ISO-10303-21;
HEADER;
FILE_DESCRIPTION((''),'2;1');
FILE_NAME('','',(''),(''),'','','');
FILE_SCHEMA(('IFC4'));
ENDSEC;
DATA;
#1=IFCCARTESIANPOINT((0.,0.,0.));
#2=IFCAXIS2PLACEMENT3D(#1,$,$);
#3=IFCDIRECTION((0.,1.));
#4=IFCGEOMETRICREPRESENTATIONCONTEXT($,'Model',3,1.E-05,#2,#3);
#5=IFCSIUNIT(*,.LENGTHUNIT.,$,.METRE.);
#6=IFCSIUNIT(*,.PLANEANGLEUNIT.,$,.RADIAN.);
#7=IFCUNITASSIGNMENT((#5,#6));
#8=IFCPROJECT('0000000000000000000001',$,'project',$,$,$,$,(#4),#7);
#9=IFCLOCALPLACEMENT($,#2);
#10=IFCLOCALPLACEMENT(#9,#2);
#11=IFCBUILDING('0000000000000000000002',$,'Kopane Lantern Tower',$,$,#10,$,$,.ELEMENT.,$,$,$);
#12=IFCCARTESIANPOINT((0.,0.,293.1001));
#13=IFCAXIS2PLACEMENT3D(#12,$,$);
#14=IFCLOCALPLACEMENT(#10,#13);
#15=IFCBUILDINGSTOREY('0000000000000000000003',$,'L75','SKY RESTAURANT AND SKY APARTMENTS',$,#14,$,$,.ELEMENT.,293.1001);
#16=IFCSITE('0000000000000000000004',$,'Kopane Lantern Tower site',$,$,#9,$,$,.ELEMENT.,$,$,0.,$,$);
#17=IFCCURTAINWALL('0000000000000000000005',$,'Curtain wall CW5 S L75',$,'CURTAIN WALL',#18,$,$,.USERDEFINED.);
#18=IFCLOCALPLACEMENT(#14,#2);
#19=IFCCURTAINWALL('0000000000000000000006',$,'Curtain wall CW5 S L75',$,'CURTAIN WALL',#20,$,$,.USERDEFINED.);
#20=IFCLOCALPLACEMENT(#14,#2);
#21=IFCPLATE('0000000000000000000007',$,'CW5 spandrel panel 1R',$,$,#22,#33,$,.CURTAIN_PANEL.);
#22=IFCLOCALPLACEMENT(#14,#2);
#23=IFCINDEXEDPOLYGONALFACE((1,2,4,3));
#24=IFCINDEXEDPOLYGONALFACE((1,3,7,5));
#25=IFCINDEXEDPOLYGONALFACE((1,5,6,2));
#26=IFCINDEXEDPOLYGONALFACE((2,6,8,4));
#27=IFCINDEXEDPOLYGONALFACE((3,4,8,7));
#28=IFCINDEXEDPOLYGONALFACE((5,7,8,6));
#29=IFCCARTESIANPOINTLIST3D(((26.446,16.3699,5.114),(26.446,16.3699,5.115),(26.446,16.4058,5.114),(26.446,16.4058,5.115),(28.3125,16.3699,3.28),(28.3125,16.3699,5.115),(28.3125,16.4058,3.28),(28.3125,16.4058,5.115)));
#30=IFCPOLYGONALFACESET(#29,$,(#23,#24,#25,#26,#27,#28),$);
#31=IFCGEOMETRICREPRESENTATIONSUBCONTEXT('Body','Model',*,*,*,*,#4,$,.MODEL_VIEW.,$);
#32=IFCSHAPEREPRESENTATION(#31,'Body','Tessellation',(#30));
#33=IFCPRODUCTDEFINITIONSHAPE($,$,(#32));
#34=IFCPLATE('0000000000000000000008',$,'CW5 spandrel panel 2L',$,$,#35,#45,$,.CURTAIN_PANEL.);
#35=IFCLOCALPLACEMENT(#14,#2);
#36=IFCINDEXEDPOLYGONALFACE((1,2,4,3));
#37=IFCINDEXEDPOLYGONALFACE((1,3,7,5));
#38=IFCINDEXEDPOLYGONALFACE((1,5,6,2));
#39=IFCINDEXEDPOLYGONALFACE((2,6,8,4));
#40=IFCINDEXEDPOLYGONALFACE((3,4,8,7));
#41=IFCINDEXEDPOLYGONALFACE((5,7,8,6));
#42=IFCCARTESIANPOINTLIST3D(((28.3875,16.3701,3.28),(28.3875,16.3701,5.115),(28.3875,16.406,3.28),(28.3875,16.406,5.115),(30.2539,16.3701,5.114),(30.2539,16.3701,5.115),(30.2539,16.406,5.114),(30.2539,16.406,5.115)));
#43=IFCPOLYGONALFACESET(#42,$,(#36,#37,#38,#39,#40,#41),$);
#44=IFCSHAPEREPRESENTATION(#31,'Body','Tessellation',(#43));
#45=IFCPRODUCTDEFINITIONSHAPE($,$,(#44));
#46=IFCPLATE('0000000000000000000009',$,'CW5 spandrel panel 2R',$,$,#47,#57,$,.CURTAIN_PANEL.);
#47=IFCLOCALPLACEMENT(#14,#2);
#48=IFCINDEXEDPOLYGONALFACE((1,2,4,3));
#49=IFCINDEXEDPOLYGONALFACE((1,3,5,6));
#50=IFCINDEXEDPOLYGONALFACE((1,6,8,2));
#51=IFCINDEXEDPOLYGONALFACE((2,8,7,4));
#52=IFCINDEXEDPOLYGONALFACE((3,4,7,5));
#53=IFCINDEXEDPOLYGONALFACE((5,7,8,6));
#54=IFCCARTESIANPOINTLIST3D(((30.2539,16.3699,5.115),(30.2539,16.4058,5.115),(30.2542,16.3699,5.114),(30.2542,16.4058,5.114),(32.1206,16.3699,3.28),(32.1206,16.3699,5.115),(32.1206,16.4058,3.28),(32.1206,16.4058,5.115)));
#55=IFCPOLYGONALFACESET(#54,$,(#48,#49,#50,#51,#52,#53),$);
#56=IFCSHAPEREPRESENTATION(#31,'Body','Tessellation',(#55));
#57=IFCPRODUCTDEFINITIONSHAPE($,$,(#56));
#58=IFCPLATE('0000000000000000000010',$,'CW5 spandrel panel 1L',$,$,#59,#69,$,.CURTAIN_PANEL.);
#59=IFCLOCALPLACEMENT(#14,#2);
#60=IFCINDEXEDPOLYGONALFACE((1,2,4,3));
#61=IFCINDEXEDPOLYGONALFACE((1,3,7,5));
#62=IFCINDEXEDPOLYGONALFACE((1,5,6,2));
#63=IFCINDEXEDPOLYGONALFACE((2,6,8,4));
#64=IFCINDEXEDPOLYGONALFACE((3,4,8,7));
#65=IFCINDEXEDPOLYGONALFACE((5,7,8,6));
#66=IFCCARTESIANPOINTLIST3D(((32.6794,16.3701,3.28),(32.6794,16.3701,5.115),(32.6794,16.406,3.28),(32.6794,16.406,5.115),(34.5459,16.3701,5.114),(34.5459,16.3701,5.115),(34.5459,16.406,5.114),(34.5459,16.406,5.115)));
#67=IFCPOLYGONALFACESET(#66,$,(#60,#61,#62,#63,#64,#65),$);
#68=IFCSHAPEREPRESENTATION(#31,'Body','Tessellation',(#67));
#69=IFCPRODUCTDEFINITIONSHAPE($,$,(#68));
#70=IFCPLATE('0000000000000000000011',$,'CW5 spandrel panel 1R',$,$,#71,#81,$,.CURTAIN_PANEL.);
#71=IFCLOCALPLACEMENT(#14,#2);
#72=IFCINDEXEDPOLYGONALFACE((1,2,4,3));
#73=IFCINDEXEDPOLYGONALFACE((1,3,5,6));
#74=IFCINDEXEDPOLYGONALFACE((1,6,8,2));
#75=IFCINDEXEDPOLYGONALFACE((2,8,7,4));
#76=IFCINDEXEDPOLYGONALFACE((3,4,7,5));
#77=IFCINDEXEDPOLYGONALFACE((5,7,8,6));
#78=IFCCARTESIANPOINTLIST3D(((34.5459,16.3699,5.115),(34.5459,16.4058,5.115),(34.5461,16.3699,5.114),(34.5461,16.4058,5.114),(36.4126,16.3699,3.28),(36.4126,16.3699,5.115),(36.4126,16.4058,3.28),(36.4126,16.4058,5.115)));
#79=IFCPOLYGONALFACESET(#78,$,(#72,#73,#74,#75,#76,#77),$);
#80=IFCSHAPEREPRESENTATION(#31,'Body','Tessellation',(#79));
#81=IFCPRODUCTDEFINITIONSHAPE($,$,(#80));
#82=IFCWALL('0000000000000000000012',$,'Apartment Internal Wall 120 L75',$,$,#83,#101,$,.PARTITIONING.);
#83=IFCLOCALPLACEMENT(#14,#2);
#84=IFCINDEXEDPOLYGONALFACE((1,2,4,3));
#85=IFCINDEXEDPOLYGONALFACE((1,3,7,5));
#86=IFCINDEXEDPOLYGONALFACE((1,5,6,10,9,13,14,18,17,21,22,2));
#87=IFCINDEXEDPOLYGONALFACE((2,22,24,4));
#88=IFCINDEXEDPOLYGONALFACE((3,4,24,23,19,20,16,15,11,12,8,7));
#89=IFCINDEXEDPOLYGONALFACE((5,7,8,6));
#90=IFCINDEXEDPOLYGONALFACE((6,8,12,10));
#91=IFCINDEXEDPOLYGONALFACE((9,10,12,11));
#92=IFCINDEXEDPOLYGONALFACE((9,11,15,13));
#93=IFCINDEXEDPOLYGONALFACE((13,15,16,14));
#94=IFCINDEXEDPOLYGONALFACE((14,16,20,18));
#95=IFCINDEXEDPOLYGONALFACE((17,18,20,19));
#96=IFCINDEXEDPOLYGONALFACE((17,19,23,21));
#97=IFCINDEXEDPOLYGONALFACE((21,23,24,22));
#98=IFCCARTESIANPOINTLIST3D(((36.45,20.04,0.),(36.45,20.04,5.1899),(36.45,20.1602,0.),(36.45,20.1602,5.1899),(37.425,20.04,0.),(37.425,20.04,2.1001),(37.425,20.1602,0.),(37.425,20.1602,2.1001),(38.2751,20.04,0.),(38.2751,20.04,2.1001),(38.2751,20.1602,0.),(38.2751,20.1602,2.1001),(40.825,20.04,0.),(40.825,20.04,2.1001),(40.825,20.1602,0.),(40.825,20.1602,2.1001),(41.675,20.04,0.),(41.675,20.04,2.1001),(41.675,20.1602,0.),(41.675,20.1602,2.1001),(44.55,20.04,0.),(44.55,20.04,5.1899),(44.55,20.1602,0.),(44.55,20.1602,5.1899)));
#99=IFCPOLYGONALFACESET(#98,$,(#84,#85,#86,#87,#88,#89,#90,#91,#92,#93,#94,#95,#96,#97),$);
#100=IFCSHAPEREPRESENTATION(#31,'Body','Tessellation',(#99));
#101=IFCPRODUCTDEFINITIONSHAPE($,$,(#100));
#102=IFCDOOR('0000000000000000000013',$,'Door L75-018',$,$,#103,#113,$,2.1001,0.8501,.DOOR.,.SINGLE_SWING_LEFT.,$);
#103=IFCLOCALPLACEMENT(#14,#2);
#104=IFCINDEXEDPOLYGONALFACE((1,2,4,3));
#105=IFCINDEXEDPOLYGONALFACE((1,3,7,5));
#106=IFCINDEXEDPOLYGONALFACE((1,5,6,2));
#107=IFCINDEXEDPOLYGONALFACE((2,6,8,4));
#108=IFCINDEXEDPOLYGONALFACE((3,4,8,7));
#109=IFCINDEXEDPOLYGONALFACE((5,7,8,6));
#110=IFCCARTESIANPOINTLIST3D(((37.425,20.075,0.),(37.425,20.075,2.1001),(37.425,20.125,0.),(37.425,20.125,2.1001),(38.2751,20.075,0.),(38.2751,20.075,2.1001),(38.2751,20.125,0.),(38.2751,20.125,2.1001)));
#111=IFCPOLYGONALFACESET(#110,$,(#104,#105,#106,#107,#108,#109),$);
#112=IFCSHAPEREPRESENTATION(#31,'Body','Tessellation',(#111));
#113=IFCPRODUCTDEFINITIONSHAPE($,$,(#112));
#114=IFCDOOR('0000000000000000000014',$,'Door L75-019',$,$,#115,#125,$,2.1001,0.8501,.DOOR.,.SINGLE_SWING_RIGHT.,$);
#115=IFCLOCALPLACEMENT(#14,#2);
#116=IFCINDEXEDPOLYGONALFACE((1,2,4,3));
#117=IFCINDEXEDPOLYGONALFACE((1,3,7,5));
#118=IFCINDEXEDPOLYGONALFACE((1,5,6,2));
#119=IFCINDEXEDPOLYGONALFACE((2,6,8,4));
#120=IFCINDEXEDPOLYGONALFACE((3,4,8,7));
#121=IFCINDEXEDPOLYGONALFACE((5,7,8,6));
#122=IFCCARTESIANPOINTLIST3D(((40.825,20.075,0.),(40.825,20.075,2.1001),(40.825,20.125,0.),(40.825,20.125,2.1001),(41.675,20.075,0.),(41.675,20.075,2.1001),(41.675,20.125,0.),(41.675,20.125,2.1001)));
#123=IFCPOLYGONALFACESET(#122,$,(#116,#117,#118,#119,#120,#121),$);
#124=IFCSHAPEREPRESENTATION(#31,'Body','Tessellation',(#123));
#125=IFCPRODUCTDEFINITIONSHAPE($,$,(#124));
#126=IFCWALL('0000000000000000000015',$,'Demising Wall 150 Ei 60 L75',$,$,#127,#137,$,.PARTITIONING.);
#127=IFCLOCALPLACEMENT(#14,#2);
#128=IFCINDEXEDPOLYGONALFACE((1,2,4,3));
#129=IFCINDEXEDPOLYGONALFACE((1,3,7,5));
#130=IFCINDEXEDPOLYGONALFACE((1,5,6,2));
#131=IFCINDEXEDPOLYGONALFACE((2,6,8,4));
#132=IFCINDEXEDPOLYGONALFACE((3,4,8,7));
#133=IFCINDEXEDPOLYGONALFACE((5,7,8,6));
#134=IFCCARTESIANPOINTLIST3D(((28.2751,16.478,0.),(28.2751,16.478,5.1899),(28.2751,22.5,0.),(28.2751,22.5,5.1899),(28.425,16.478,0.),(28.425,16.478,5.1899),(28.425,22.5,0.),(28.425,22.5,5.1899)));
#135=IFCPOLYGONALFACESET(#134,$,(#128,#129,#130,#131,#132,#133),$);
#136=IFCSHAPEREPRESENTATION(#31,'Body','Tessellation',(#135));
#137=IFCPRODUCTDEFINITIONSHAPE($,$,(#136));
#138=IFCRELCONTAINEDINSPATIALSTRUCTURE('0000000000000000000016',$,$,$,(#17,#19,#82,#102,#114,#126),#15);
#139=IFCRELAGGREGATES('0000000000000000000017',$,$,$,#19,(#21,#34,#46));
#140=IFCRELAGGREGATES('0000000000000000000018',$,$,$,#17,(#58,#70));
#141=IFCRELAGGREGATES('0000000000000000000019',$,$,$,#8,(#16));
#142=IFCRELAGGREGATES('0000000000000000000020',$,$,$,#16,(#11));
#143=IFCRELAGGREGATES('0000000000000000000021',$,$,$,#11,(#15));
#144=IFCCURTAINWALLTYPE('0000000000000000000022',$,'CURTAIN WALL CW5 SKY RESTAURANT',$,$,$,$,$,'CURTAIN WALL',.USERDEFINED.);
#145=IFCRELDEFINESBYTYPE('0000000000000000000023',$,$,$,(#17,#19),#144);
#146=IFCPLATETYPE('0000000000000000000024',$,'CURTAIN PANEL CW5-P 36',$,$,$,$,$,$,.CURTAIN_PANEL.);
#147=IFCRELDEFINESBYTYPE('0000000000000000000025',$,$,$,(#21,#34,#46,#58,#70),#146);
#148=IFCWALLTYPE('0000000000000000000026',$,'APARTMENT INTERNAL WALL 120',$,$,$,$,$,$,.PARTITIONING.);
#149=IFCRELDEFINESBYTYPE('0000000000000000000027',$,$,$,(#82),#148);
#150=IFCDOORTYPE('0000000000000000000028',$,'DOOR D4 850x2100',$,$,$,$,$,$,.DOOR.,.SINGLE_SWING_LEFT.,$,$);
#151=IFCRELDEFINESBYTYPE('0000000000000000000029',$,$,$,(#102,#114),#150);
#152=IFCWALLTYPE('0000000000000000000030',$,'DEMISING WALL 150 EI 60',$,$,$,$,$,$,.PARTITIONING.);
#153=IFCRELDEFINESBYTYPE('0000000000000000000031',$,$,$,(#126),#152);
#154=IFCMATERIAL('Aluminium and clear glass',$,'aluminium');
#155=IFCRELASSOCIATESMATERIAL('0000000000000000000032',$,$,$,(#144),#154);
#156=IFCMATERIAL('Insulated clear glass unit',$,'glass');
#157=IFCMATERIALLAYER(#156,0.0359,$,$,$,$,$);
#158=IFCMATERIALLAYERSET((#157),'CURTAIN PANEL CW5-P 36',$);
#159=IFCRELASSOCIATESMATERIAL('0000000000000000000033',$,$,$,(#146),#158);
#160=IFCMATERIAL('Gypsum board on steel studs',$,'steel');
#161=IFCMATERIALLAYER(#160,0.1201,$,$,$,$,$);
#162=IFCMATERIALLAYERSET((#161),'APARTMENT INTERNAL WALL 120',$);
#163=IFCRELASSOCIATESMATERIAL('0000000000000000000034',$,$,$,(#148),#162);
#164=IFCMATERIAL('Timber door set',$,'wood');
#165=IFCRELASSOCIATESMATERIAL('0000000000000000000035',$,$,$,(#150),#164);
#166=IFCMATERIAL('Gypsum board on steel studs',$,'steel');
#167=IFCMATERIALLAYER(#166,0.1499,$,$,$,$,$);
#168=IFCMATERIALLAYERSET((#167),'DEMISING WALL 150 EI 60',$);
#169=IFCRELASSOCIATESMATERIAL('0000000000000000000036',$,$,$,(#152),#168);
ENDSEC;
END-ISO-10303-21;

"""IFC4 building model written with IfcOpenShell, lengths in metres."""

from ifc_helpers import new_model, si_unit, direction, frame, frame_2d, origin, place, context, subcontext, project, spatial, polyline, rectangle, outline, extrude, material, layer, layer_set, type_object, element, fill, aggregate, save


model = new_model("IFC4")

# Units and contexts
model_context = context("Model", 3, precision=1e-05, world=origin(), true_north=direction((0.0, 1.0)))
body_context = subcontext(model_context, "Body", "Model", "MODEL_VIEW")
ifc_project = project(units=[si_unit("LENGTHUNIT", "METRE"), si_unit("PLANEANGLEUNIT", "RADIAN")], contexts=[model_context])

# Site, building, storey
site_placement = place(None, origin())
site = spatial("IfcSite", under=ifc_project, at=site_placement, Name="Kopane Lantern Tower site", CompositionType="ELEMENT", RefElevation=0.0)
building_placement = place(site_placement, origin())
building = spatial("IfcBuilding", under=site, at=building_placement, Name="Kopane Lantern Tower", CompositionType="ELEMENT")
storey_placement = place(building_placement, frame((0.0, 0.0, 293.1001)))
storey = spatial("IfcBuildingStorey", under=building, at=storey_placement, Name="L75", Description="SKY RESTAURANT AND SKY APARTMENTS", CompositionType="ELEMENT", Elevation=293.1001)

# Curtain wall
ifc_material_1 = material(Name="Aluminium and clear glass", Category="aluminium")
curtain_wall_type = type_object("IfcCurtainWallType", Name="CURTAIN WALL CW5 SKY RESTAURANT", ElementType="CURTAIN WALL", PredefinedType="USERDEFINED", material=ifc_material_1)
curtain_wall_1_placement = place(storey_placement, origin())
curtain_wall_1 = element("IfcCurtainWall", 1, at=curtain_wall_1_placement, inside=storey, type_object=curtain_wall_type, Name="Curtain wall CW5 S L75", ObjectType="CURTAIN WALL", PredefinedType="USERDEFINED")

# Curtain wall, plates
curtain_wall_2_placement = place(storey_placement, origin())
curtain_wall_2 = element("IfcCurtainWall", 2, at=curtain_wall_2_placement, inside=storey, type_object=curtain_wall_type, Name="Curtain wall CW5 S L75", ObjectType="CURTAIN WALL", PredefinedType="USERDEFINED")
ifc_material_2 = material(Name="Insulated clear glass unit", Category="glass")
ifc_layer_1 = layer(ifc_material_2, 0.0359)
ifc_layer_set_1 = layer_set([ifc_layer_1], Name="CURTAIN PANEL CW5-P 36")
plate_type = type_object("IfcPlateType", Name="CURTAIN PANEL CW5-P 36", PredefinedType="CURTAIN_PANEL", material=ifc_layer_set_1)
plate_1_placement = place(storey_placement, frame((28.3125, 16.3879, 5.115), z_axis=(0.0, 0.0, 1.0), x_axis=(-1.0, 0.0, 0.0)))
plate_1 = element("IfcPlate", 3, at=plate_1_placement, type_object=plate_type, Name="CW5 spandrel panel 1R", PredefinedType="CURTAIN_PANEL", context=body_context, shape_type="SweptSolid", body=[
    extrude(outline(polyline([(0.0, 0.0), (1.8665, 0.0), (1.8665, -0.001), (0.0, -1.835), (0.0, 0.0)])), frame((0.0, 0.0181, 0.0), z_axis=(0.0, -1.0, 0.0), x_axis=(1.0, 0.0, 0.0)), (0.0, 0.0, 1.0), 0.0359),
])
plate_2_placement = place(storey_placement, frame((28.3875, 16.3879, 5.115), z_axis=(0.0, 0.0, 1.0), x_axis=(1.0, 0.0, 0.0)))
plate_2 = element("IfcPlate", 4, at=plate_2_placement, type_object=plate_type, Name="CW5 spandrel panel 2L", PredefinedType="CURTAIN_PANEL", context=body_context, shape_type="SweptSolid", body=[
    extrude(outline(polyline([(0.0, 0.0), (1.8665, 0.0), (1.8665, -0.001), (0.0, -1.835), (0.0, 0.0)])), frame((0.0, 0.0181, 0.0), z_axis=(0.0, -1.0, 0.0), x_axis=(1.0, 0.0, 0.0)), (0.0, 0.0, 1.0), 0.0359),
])
plate_3_placement = place(storey_placement, frame((32.1206, 16.3879, 5.115), z_axis=(0.0, 0.0, 1.0), x_axis=(-1.0, 0.0, 0.0)))
plate_3 = element("IfcPlate", 5, at=plate_3_placement, type_object=plate_type, Name="CW5 spandrel panel 2R", PredefinedType="CURTAIN_PANEL", context=body_context, shape_type="SweptSolid", body=[
    extrude(outline(polyline([(0.0, 0.0), (1.8667, 0.0), (1.8665, -0.001), (0.0, -1.835), (0.0, 0.0)])), frame((0.0, 0.0181, 0.0), z_axis=(0.0, -1.0, 0.0), x_axis=(1.0, 0.0, 0.0)), (0.0, 0.0, 1.0), 0.0359),
])
aggregate(curtain_wall_2, [plate_1, plate_2, plate_3])

# Plates
plate_4_placement = place(storey_placement, frame((32.6794, 16.3879, 5.115), z_axis=(0.0, 0.0, 1.0), x_axis=(1.0, 0.0, 0.0)))
plate_4 = element("IfcPlate", 6, at=plate_4_placement, type_object=plate_type, Name="CW5 spandrel panel 1L", PredefinedType="CURTAIN_PANEL", context=body_context, shape_type="SweptSolid", body=[
    extrude(outline(polyline([(0.0, 0.0), (1.8665, 0.0), (1.8665, -0.001), (0.0, -1.835), (0.0, 0.0)])), frame((0.0, 0.0181, 0.0), z_axis=(0.0, -1.0, 0.0), x_axis=(1.0, 0.0, 0.0)), (0.0, 0.0, 1.0), 0.0359),
])
plate_5_placement = place(storey_placement, frame((36.4126, 16.3879, 5.115), z_axis=(0.0, 0.0, 1.0), x_axis=(-1.0, 0.0, 0.0)))
plate_5 = element("IfcPlate", 7, at=plate_5_placement, type_object=plate_type, Name="CW5 spandrel panel 1R", PredefinedType="CURTAIN_PANEL", context=body_context, shape_type="SweptSolid", body=[
    extrude(outline(polyline([(0.0, 0.0), (1.8667, 0.0), (1.8665, -0.001), (0.0, -1.835), (0.0, 0.0)])), frame((0.0, 0.0181, 0.0), z_axis=(0.0, -1.0, 0.0), x_axis=(1.0, 0.0, 0.0)), (0.0, 0.0, 1.0), 0.0359),
])
aggregate(curtain_wall_1, [plate_4, plate_5])

# Wall, openings, doors
ifc_material_3 = material(Name="Gypsum board on steel studs", Category="steel")
ifc_layer_2 = layer(ifc_material_3, 0.1201)
ifc_layer_set_2 = layer_set([ifc_layer_2], Name="APARTMENT INTERNAL WALL 120")
wall_type_1 = type_object("IfcWallType", Name="APARTMENT INTERNAL WALL 120", PredefinedType="PARTITIONING", material=ifc_layer_set_2)
wall_1_placement = place(storey_placement, frame((36.45, 20.1001, 0.0), z_axis=(0.0, 0.0, 1.0), x_axis=(1.0, 0.0, 0.0)))
wall_1 = element("IfcWall", 8, at=wall_1_placement, inside=storey, type_object=wall_type_1, Name="Apartment Internal Wall 120 L75", PredefinedType="PARTITIONING", context=body_context, shape_type="SweptSolid", body=[
    extrude(rectangle(XDim=8.1001, YDim=0.1201, at=frame_2d((4.05, 0.0))), origin(), (0.0, 0.0, 1.0), 5.1899),
])
opening_1_placement = place(wall_1_placement, frame((0.9751, 0.0, 0.0)))
opening_1 = element("IfcOpeningElement", 9, at=opening_1_placement, cuts=wall_1, PredefinedType="OPENING", context=body_context, shape_type="SweptSolid", body=[
    extrude(rectangle(XDim=0.8501, YDim=2.1001, at=frame_2d((0.425, 1.05))), frame((0.0, 0.0701, 0.0), z_axis=(0.0, -1.0, 0.0), x_axis=(1.0, 0.0, 0.0)), (0.0, 0.0, 1.0), 0.1401),
])
opening_2_placement = place(wall_1_placement, frame((4.375, 0.0, 0.0)))
opening_2 = element("IfcOpeningElement", 10, at=opening_2_placement, cuts=wall_1, PredefinedType="OPENING", context=body_context, shape_type="SweptSolid", body=[
    extrude(rectangle(XDim=0.8501, YDim=2.1001, at=frame_2d((0.425, 1.05))), frame((0.0, 0.0701, 0.0), z_axis=(0.0, -1.0, 0.0), x_axis=(1.0, 0.0, 0.0)), (0.0, 0.0, 1.0), 0.1401),
])
ifc_material_4 = material(Name="Timber door set", Category="wood")
door_type = type_object("IfcDoorType", Name="DOOR D4 850x2100", OperationType="SINGLE_SWING_LEFT", PredefinedType="DOOR", material=ifc_material_4)
door_1_placement = place(opening_1_placement, origin())
door_1 = element("IfcDoor", 11, at=door_1_placement, inside=storey, type_object=door_type, Name="Door L75-018", OperationType="SINGLE_SWING_LEFT", OverallHeight=2.1001, OverallWidth=0.8501, PredefinedType="DOOR", context=body_context, shape_type="SweptSolid", body=[
    extrude(rectangle(XDim=0.8501, YDim=2.1001, at=frame_2d((0.425, 1.05))), frame((0.0, 0.0249, 0.0), z_axis=(0.0, -1.0, 0.0), x_axis=(1.0, 0.0, 0.0)), (0.0, 0.0, 1.0), 0.05),
])
fill(opening_1, door_1)
door_2_placement = place(opening_2_placement, origin())
door_2 = element("IfcDoor", 12, at=door_2_placement, inside=storey, type_object=door_type, Name="Door L75-019", OperationType="SINGLE_SWING_RIGHT", OverallHeight=2.1001, OverallWidth=0.8501, PredefinedType="DOOR", context=body_context, shape_type="SweptSolid", body=[
    extrude(rectangle(XDim=0.8501, YDim=2.1001, at=frame_2d((0.425, 1.05))), frame((0.0, 0.0249, 0.0), z_axis=(0.0, -1.0, 0.0), x_axis=(1.0, 0.0, 0.0)), (0.0, 0.0, 1.0), 0.05),
])
fill(opening_2, door_2)

# Wall
ifc_material_5 = material(Name="Gypsum board on steel studs", Category="steel")
ifc_layer_3 = layer(ifc_material_5, 0.1499)
ifc_layer_set_3 = layer_set([ifc_layer_3], Name="DEMISING WALL 150 EI 60")
wall_type_2 = type_object("IfcWallType", Name="DEMISING WALL 150 EI 60", PredefinedType="PARTITIONING", material=ifc_layer_set_3)
wall_2_placement = place(storey_placement, frame((28.3501, 22.5, 0.0), z_axis=(0.0, 0.0, 1.0), x_axis=(0.0, -1.0, 0.0)))
element("IfcWall", 13, at=wall_2_placement, inside=storey, type_object=wall_type_2, Name="Demising Wall 150 Ei 60 L75", PredefinedType="PARTITIONING", context=body_context, shape_type="SweptSolid", body=[
    extrude(rectangle(XDim=6.022, YDim=0.1499, at=frame_2d((3.011, 0.0))), origin(), (0.0, 0.0, 1.0), 5.1899),
])

save(model, "model.ifc")
